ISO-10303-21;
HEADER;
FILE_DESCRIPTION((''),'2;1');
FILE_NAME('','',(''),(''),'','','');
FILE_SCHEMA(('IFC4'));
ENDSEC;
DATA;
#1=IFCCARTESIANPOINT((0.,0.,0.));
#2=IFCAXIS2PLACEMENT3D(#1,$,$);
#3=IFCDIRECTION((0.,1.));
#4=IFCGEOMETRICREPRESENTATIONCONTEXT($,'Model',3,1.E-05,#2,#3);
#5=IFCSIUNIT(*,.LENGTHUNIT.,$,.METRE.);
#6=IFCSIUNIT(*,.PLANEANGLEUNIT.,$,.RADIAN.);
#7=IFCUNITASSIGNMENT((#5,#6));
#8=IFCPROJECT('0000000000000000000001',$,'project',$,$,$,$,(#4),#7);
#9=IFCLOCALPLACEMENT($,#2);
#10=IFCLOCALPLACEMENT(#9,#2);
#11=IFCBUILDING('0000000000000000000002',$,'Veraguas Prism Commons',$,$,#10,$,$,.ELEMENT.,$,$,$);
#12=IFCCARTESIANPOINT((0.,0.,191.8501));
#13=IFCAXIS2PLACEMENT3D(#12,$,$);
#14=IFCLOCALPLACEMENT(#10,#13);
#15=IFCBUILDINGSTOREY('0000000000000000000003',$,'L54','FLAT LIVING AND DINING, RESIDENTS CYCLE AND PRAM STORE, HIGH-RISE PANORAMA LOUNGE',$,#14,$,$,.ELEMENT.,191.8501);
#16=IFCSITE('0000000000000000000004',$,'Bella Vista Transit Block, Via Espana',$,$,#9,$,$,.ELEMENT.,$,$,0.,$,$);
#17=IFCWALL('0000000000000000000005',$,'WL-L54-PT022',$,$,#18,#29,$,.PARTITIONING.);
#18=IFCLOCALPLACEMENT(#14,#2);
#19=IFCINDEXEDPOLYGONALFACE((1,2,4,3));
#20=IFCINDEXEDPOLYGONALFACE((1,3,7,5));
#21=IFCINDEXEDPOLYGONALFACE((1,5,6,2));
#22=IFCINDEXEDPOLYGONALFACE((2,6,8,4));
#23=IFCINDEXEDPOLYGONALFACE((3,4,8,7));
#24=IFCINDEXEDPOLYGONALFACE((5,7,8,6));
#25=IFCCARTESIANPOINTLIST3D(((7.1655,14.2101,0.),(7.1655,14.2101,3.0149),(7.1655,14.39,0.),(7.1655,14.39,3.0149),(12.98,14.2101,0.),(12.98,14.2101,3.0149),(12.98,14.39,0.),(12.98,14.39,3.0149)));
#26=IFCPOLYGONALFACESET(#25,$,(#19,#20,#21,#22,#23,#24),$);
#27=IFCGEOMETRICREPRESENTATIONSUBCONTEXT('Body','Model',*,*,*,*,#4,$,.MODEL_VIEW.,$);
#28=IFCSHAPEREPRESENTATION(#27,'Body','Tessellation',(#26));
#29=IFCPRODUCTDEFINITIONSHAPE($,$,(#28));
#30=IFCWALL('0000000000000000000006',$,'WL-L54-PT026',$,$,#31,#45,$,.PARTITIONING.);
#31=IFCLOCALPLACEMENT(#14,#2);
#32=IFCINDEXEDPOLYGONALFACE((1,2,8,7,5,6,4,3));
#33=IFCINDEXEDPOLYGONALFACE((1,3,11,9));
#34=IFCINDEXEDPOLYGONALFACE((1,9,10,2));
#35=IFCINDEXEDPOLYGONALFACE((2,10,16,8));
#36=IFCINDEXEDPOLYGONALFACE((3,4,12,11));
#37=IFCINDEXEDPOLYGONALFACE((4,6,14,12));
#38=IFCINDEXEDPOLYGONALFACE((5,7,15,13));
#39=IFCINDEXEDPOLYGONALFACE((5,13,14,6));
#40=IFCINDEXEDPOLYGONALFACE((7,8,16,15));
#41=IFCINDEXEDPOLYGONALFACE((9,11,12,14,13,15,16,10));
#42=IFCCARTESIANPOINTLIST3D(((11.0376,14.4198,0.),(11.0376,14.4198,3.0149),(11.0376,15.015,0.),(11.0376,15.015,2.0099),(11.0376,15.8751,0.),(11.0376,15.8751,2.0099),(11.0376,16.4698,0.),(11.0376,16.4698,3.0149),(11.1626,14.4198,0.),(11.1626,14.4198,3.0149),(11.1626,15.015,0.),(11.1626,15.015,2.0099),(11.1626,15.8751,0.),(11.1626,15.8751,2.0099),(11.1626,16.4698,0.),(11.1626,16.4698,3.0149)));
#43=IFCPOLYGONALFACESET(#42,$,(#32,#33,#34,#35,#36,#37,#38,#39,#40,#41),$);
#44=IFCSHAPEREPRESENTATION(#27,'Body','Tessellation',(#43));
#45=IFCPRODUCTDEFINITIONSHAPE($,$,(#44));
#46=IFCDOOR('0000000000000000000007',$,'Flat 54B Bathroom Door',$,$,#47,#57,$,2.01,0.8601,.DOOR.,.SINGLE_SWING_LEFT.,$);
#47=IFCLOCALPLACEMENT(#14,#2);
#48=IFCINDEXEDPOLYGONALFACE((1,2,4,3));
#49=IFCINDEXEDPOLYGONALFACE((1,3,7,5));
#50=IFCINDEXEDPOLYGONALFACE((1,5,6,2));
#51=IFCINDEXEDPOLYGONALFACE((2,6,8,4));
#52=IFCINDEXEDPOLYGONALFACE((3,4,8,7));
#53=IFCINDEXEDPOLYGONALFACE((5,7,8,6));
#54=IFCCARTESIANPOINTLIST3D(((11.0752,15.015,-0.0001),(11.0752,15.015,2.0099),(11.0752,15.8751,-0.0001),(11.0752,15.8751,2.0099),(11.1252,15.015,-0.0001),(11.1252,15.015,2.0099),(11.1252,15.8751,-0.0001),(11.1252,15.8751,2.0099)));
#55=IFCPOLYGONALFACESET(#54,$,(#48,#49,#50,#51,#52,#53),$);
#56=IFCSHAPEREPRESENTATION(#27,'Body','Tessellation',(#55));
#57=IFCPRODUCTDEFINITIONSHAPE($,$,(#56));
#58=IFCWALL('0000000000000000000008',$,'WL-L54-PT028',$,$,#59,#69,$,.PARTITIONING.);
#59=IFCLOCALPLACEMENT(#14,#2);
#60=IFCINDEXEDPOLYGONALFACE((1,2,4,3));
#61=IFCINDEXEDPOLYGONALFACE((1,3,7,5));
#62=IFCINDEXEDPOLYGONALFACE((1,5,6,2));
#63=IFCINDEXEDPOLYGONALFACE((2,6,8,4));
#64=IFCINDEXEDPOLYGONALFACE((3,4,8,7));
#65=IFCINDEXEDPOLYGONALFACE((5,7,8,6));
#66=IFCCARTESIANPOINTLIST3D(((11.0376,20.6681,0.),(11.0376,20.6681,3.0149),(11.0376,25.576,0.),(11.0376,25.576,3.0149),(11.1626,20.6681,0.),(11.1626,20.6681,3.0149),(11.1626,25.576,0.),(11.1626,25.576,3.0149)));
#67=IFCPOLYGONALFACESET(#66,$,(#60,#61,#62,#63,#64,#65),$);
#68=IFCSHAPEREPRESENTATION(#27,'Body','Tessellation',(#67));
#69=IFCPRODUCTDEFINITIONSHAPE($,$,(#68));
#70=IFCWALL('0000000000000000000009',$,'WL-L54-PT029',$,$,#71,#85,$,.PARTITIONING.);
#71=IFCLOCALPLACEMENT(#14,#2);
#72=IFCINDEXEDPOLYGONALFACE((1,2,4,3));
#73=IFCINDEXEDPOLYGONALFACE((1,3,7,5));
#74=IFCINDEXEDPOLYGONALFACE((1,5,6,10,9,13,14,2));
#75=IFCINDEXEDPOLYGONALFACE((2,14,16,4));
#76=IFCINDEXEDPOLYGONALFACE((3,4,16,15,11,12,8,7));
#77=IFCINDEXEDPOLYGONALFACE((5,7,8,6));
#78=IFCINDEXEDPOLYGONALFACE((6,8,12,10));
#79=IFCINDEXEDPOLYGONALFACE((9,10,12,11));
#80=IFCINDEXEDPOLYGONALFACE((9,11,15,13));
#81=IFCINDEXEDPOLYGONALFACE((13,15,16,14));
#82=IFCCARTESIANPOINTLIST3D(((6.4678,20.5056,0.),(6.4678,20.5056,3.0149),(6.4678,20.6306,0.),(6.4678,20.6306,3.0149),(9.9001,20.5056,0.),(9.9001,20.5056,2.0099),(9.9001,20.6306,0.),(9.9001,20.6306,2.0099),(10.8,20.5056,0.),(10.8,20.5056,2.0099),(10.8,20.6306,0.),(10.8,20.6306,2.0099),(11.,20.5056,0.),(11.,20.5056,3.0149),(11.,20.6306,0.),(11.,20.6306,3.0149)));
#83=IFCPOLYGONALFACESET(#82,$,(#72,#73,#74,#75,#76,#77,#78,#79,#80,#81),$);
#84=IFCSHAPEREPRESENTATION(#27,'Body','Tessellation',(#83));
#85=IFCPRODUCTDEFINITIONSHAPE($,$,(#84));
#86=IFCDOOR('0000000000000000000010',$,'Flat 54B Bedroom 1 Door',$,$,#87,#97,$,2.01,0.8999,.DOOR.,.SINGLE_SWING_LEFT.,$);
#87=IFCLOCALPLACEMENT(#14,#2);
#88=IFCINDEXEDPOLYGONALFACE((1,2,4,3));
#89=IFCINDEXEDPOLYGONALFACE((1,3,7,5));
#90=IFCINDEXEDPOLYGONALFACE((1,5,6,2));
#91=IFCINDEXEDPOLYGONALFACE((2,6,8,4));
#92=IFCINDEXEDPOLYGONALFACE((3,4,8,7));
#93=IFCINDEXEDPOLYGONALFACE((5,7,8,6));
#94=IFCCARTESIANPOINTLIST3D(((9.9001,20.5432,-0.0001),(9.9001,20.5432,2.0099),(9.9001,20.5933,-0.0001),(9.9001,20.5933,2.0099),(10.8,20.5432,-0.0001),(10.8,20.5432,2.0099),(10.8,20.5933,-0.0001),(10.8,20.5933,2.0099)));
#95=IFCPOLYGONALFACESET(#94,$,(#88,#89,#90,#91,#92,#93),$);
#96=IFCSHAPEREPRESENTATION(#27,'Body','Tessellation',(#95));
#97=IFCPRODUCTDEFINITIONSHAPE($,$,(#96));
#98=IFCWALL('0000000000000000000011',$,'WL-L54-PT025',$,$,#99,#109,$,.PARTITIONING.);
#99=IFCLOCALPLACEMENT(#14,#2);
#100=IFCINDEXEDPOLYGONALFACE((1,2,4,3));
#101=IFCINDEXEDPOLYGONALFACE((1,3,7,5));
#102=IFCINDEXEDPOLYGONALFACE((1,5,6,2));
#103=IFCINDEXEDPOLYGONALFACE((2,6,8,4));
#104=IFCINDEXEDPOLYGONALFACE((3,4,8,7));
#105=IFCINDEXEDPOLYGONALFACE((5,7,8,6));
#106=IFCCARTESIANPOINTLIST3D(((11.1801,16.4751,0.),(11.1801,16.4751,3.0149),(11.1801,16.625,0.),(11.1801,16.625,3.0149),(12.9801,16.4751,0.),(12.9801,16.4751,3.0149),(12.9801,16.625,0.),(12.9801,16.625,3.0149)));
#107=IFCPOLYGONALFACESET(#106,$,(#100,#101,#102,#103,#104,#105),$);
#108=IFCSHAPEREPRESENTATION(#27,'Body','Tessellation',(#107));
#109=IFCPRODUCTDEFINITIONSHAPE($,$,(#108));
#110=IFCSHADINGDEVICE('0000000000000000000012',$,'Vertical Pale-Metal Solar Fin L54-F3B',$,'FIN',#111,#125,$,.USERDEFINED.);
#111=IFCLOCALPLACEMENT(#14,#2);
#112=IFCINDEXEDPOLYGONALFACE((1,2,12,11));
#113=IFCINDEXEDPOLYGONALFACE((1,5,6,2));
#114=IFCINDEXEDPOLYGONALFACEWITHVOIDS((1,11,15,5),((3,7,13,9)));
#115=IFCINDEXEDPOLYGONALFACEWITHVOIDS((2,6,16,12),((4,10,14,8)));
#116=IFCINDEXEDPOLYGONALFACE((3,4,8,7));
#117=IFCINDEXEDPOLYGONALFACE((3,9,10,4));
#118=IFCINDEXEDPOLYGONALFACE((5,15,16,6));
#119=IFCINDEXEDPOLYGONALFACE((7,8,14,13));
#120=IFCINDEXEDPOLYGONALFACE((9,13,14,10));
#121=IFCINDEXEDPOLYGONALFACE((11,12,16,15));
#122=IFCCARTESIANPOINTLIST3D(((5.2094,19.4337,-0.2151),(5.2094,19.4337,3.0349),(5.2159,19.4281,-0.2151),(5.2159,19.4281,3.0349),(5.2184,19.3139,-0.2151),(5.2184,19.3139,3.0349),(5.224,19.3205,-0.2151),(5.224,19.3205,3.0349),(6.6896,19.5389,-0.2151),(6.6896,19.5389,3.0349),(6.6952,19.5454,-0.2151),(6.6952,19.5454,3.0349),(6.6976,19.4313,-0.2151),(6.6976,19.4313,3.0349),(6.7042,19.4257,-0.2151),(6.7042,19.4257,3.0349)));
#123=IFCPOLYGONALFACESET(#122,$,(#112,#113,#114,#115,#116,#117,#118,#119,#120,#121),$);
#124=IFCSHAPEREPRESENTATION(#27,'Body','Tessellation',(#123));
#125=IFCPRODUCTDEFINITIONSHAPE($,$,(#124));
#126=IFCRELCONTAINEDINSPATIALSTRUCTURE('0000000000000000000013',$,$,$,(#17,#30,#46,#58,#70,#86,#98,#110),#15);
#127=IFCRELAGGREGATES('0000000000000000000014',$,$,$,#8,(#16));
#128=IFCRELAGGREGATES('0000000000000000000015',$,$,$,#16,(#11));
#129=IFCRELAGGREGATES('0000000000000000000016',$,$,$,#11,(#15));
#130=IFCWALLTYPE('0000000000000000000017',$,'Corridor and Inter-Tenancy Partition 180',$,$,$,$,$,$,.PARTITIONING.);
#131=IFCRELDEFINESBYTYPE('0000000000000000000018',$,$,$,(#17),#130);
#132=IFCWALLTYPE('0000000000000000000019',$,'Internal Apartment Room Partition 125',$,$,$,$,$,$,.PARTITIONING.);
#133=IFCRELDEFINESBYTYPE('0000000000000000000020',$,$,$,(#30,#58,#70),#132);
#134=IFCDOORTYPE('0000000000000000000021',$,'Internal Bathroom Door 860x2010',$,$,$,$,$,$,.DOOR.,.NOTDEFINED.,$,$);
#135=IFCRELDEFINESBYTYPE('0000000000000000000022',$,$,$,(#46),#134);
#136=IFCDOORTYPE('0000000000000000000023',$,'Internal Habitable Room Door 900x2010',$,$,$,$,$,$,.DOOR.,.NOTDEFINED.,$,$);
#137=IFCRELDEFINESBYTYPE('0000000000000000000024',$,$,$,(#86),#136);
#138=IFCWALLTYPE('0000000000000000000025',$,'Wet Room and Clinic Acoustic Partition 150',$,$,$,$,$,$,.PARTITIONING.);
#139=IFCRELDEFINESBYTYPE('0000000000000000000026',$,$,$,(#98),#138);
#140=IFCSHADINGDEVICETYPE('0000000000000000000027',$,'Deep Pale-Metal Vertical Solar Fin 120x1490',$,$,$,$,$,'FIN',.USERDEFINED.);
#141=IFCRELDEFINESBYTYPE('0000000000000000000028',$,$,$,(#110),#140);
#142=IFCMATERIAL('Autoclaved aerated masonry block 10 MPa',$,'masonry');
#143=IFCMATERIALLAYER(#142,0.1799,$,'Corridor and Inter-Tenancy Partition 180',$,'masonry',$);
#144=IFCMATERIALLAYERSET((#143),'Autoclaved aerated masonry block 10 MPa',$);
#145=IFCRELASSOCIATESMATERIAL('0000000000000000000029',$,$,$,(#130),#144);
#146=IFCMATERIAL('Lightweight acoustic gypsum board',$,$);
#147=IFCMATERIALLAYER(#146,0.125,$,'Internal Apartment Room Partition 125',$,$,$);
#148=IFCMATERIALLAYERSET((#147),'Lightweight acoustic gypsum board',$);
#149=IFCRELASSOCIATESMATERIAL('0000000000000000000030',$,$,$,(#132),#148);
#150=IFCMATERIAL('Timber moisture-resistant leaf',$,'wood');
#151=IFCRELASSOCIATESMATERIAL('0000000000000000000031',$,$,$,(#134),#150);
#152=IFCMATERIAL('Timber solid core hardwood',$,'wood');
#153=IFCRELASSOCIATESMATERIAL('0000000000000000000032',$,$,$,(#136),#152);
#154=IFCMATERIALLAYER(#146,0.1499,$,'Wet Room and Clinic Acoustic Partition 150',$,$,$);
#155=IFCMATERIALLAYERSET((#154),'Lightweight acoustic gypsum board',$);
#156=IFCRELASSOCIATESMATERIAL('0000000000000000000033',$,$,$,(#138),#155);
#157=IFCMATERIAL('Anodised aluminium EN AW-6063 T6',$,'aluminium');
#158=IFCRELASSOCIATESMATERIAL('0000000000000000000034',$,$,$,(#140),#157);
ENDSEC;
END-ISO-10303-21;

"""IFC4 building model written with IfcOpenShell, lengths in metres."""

from ifc_helpers import new_model, si_unit, direction, frame, frame_2d, origin, origin_2d, place, context, subcontext, project, spatial, rectangle, hollow_rectangle, extrude, source, transform, mapped, material, layer, layer_set, material_profile, profile_set, type_object, element, fill, save


model = new_model("IFC4")

# Units and contexts
model_context = context("Model", 3, precision=1e-05, world=origin(), true_north=direction((0.0, 1.0)))
body_context = subcontext(model_context, "Body", "Model", "MODEL_VIEW")
ifc_project = project(units=[si_unit("LENGTHUNIT", "METRE"), si_unit("PLANEANGLEUNIT", "RADIAN")], contexts=[model_context])

# Site, building, storey
site_placement = place(None, origin())
site = spatial("IfcSite", under=ifc_project, at=site_placement, Name="Bella Vista Transit Block, Via Espana", CompositionType="ELEMENT", RefElevation=0.0)
building_placement = place(site_placement, origin())
building = spatial("IfcBuilding", under=site, at=building_placement, Name="Veraguas Prism Commons", CompositionType="ELEMENT")
storey_placement = place(building_placement, frame((0.0, 0.0, 191.8501)))
storey = spatial("IfcBuildingStorey", under=building, at=storey_placement, Name="L54", Description="FLAT LIVING AND DINING, RESIDENTS CYCLE AND PRAM STORE, HIGH-RISE PANORAMA LOUNGE", CompositionType="ELEMENT", Elevation=191.8501)

# Shared definitions
ifc_material_1 = material(Name="Anodised aluminium EN AW-6063 T6", Category="aluminium")

# Wall
ifc_material_2 = material(Name="Autoclaved aerated masonry block 10 MPa", Category="masonry")
ifc_layer_1 = layer(ifc_material_2, 0.1799, Name="Corridor and Inter-Tenancy Partition 180", Category="masonry")
ifc_layer_set_1 = layer_set([ifc_layer_1], Name="Autoclaved aerated masonry block 10 MPa")
wall_type_1 = type_object("IfcWallType", Name="Corridor and Inter-Tenancy Partition 180", PredefinedType="PARTITIONING", material=ifc_layer_set_1)
wall_1_placement = place(storey_placement, frame((12.98, 14.3, 0.0), z_axis=(0.0, 0.0, 1.0), x_axis=(-1.0, 0.0, 0.0)))
element("IfcWall", 1, at=wall_1_placement, inside=storey, type_object=wall_type_1, Name="WL-L54-PT022", PredefinedType="PARTITIONING", context=body_context, shape_type="SweptSolid", body=[
    extrude(rectangle(XDim=5.8145, YDim=0.1799, at=frame_2d((2.9072, 0.0))), origin(), (0.0, 0.0, 1.0), 3.0149),
])

# Wall, opening, door
ifc_material_3 = material(Name="Lightweight acoustic gypsum board")
ifc_layer_2 = layer(ifc_material_3, 0.125, Name="Internal Apartment Room Partition 125")
ifc_layer_set_2 = layer_set([ifc_layer_2], Name="Lightweight acoustic gypsum board")
wall_type_2 = type_object("IfcWallType", Name="Internal Apartment Room Partition 125", PredefinedType="PARTITIONING", material=ifc_layer_set_2)
wall_2_placement = place(storey_placement, frame((11.1001, 14.4199, 0.0), z_axis=(0.0, 0.0, 1.0), x_axis=(0.0, 1.0, 0.0)))
wall_2 = element("IfcWall", 2, at=wall_2_placement, inside=storey, type_object=wall_type_2, Name="WL-L54-PT026", PredefinedType="PARTITIONING", context=body_context, shape_type="SweptSolid", body=[
    extrude(rectangle(XDim=2.05, YDim=0.125, at=frame_2d((1.0249, 0.0))), origin(), (0.0, 0.0, 1.0), 3.0149),
])
opening_1_placement = place(wall_2_placement, frame((0.595, 0.0, 0.0)))
opening_1 = element("IfcOpeningElement", 3, at=opening_1_placement, cuts=wall_2, PredefinedType="OPENING", context=body_context, shape_type="SweptSolid", body=[
    extrude(rectangle(XDim=0.8601, YDim=2.01, at=frame_2d((0.4302, 1.0049))), frame((0.0, 0.0725, 0.0), z_axis=(0.0, -1.0, 0.0), x_axis=(1.0, 0.0, 0.0)), (0.0, 0.0, 1.0), 0.145),
])
ifc_material_4 = material(Name="Timber moisture-resistant leaf", Category="wood")
door_type_1 = type_object("IfcDoorType", Name="Internal Bathroom Door 860x2010", OperationType="NOTDEFINED", PredefinedType="DOOR", material=ifc_material_4)
shared_shape_1 = source(origin(), body_context, "Body", "SweptSolid", [
    extrude(rectangle(XDim=0.8601, YDim=2.01, at=frame_2d((0.4302, 1.0049))), frame((0.0, 0.0249, 0.0), z_axis=(0.0, -1.0, 0.0), x_axis=(1.0, 0.0, 0.0)), (0.0, 0.0, 1.0), 0.05),
])
door_1_placement = place(opening_1_placement, origin())
door_1 = element("IfcDoor", 4, at=door_1_placement, inside=storey, type_object=door_type_1, Name="Flat 54B Bathroom Door", OperationType="SINGLE_SWING_LEFT", OverallHeight=2.01, OverallWidth=0.8601, PredefinedType="DOOR", context=body_context, shape_type="MappedRepresentation", body=[
    mapped(shared_shape_1, transform((0.0, 0.0, 0.0), scale=1.0)),
])
fill(opening_1, door_1)

# Wall
wall_3_placement = place(storey_placement, frame((11.1001, 20.668, 0.0), z_axis=(0.0, 0.0, 1.0), x_axis=(0.0, 1.0, 0.0)))
element("IfcWall", 5, at=wall_3_placement, inside=storey, type_object=wall_type_2, Name="WL-L54-PT028", PredefinedType="PARTITIONING", context=body_context, shape_type="SweptSolid", body=[
    extrude(rectangle(XDim=4.908, YDim=0.125, at=frame_2d((2.4541, 0.0))), origin(), (0.0, 0.0, 1.0), 3.0149),
])

# Wall, opening, door
wall_4_placement = place(storey_placement, frame((11.0, 20.5681, 0.0), z_axis=(0.0, 0.0, 1.0), x_axis=(-1.0, 0.0, 0.0)))
wall_4 = element("IfcWall", 6, at=wall_4_placement, inside=storey, type_object=wall_type_2, Name="WL-L54-PT029", PredefinedType="PARTITIONING", context=body_context, shape_type="SweptSolid", body=[
    extrude(rectangle(XDim=4.5322, YDim=0.125, at=frame_2d((2.2661, 0.0))), origin(), (0.0, 0.0, 1.0), 3.0149),
])
opening_2_placement = place(wall_4_placement, frame((0.2, 0.0, 0.0)))
opening_2 = element("IfcOpeningElement", 7, at=opening_2_placement, cuts=wall_4, PredefinedType="OPENING", context=body_context, shape_type="SweptSolid", body=[
    extrude(rectangle(XDim=0.8999, YDim=2.01, at=frame_2d((0.45, 1.0049))), frame((0.0, 0.0725, 0.0), z_axis=(0.0, -1.0, 0.0), x_axis=(1.0, 0.0, 0.0)), (0.0, 0.0, 1.0), 0.145),
])
ifc_material_5 = material(Name="Timber solid core hardwood", Category="wood")
door_type_2 = type_object("IfcDoorType", Name="Internal Habitable Room Door 900x2010", OperationType="NOTDEFINED", PredefinedType="DOOR", material=ifc_material_5)
shared_shape_2 = source(origin(), body_context, "Body", "SweptSolid", [
    extrude(rectangle(XDim=0.8999, YDim=2.01, at=frame_2d((0.45, 1.0049))), frame((0.0, 0.0249, 0.0), z_axis=(0.0, -1.0, 0.0), x_axis=(1.0, 0.0, 0.0)), (0.0, 0.0, 1.0), 0.05),
])
door_2_placement = place(opening_2_placement, origin())
door_2 = element("IfcDoor", 8, at=door_2_placement, inside=storey, type_object=door_type_2, Name="Flat 54B Bedroom 1 Door", OperationType="SINGLE_SWING_LEFT", OverallHeight=2.01, OverallWidth=0.8999, PredefinedType="DOOR", context=body_context, shape_type="MappedRepresentation", body=[
    mapped(shared_shape_2, transform((0.0, 0.0, 0.0), scale=1.0)),
])
fill(opening_2, door_2)

# Wall
ifc_layer_3 = layer(ifc_material_3, 0.1499, Name="Wet Room and Clinic Acoustic Partition 150")
ifc_layer_set_3 = layer_set([ifc_layer_3], Name="Lightweight acoustic gypsum board")
wall_type_3 = type_object("IfcWallType", Name="Wet Room and Clinic Acoustic Partition 150", PredefinedType="PARTITIONING", material=ifc_layer_set_3)
wall_5_placement = place(storey_placement, frame((12.98, 16.55, 0.0), z_axis=(0.0, 0.0, 1.0), x_axis=(-1.0, 0.0, 0.0)))
element("IfcWall", 9, at=wall_5_placement, inside=storey, type_object=wall_type_3, Name="WL-L54-PT025", PredefinedType="PARTITIONING", context=body_context, shape_type="SweptSolid", body=[
    extrude(rectangle(XDim=1.8, YDim=0.1499, at=frame_2d((0.8999, 0.0))), origin(), (0.0, 0.0, 1.0), 3.0149),
])

# Shading device
ifc_material_profile_1 = material_profile(ifc_material_1, hollow_rectangle(XDim=0.1201, YDim=1.49, WallThickness=0.0061, at=origin_2d()), Name="FIN120X1490X6")
ifc_profile_set_1 = profile_set([ifc_material_profile_1], Name="Anodised aluminium EN AW-6063 T6")
shading_device_type = type_object("IfcShadingDeviceType", Name="Deep Pale-Metal Vertical Solar Fin 120x1490", ElementType="FIN", PredefinedType="USERDEFINED", material=ifc_profile_set_1)
shading_device_placement = place(storey_placement, frame((5.9568, 19.4297, -0.2151), z_axis=(0.0, 0.0, 1.0), x_axis=(0.074975, -0.997185, 0.0)))
element("IfcShadingDevice", 10, at=shading_device_placement, inside=storey, type_object=shading_device_type, Name="Vertical Pale-Metal Solar Fin L54-F3B", ObjectType="FIN", PredefinedType="USERDEFINED", context=body_context, shape_type="SweptSolid", body=[
    extrude(hollow_rectangle(XDim=0.1201, YDim=1.49, WallThickness=0.0061, at=origin_2d()), origin(), (0.0, 0.0, 1.0), 3.25),
])

save(model, "model.ifc")
